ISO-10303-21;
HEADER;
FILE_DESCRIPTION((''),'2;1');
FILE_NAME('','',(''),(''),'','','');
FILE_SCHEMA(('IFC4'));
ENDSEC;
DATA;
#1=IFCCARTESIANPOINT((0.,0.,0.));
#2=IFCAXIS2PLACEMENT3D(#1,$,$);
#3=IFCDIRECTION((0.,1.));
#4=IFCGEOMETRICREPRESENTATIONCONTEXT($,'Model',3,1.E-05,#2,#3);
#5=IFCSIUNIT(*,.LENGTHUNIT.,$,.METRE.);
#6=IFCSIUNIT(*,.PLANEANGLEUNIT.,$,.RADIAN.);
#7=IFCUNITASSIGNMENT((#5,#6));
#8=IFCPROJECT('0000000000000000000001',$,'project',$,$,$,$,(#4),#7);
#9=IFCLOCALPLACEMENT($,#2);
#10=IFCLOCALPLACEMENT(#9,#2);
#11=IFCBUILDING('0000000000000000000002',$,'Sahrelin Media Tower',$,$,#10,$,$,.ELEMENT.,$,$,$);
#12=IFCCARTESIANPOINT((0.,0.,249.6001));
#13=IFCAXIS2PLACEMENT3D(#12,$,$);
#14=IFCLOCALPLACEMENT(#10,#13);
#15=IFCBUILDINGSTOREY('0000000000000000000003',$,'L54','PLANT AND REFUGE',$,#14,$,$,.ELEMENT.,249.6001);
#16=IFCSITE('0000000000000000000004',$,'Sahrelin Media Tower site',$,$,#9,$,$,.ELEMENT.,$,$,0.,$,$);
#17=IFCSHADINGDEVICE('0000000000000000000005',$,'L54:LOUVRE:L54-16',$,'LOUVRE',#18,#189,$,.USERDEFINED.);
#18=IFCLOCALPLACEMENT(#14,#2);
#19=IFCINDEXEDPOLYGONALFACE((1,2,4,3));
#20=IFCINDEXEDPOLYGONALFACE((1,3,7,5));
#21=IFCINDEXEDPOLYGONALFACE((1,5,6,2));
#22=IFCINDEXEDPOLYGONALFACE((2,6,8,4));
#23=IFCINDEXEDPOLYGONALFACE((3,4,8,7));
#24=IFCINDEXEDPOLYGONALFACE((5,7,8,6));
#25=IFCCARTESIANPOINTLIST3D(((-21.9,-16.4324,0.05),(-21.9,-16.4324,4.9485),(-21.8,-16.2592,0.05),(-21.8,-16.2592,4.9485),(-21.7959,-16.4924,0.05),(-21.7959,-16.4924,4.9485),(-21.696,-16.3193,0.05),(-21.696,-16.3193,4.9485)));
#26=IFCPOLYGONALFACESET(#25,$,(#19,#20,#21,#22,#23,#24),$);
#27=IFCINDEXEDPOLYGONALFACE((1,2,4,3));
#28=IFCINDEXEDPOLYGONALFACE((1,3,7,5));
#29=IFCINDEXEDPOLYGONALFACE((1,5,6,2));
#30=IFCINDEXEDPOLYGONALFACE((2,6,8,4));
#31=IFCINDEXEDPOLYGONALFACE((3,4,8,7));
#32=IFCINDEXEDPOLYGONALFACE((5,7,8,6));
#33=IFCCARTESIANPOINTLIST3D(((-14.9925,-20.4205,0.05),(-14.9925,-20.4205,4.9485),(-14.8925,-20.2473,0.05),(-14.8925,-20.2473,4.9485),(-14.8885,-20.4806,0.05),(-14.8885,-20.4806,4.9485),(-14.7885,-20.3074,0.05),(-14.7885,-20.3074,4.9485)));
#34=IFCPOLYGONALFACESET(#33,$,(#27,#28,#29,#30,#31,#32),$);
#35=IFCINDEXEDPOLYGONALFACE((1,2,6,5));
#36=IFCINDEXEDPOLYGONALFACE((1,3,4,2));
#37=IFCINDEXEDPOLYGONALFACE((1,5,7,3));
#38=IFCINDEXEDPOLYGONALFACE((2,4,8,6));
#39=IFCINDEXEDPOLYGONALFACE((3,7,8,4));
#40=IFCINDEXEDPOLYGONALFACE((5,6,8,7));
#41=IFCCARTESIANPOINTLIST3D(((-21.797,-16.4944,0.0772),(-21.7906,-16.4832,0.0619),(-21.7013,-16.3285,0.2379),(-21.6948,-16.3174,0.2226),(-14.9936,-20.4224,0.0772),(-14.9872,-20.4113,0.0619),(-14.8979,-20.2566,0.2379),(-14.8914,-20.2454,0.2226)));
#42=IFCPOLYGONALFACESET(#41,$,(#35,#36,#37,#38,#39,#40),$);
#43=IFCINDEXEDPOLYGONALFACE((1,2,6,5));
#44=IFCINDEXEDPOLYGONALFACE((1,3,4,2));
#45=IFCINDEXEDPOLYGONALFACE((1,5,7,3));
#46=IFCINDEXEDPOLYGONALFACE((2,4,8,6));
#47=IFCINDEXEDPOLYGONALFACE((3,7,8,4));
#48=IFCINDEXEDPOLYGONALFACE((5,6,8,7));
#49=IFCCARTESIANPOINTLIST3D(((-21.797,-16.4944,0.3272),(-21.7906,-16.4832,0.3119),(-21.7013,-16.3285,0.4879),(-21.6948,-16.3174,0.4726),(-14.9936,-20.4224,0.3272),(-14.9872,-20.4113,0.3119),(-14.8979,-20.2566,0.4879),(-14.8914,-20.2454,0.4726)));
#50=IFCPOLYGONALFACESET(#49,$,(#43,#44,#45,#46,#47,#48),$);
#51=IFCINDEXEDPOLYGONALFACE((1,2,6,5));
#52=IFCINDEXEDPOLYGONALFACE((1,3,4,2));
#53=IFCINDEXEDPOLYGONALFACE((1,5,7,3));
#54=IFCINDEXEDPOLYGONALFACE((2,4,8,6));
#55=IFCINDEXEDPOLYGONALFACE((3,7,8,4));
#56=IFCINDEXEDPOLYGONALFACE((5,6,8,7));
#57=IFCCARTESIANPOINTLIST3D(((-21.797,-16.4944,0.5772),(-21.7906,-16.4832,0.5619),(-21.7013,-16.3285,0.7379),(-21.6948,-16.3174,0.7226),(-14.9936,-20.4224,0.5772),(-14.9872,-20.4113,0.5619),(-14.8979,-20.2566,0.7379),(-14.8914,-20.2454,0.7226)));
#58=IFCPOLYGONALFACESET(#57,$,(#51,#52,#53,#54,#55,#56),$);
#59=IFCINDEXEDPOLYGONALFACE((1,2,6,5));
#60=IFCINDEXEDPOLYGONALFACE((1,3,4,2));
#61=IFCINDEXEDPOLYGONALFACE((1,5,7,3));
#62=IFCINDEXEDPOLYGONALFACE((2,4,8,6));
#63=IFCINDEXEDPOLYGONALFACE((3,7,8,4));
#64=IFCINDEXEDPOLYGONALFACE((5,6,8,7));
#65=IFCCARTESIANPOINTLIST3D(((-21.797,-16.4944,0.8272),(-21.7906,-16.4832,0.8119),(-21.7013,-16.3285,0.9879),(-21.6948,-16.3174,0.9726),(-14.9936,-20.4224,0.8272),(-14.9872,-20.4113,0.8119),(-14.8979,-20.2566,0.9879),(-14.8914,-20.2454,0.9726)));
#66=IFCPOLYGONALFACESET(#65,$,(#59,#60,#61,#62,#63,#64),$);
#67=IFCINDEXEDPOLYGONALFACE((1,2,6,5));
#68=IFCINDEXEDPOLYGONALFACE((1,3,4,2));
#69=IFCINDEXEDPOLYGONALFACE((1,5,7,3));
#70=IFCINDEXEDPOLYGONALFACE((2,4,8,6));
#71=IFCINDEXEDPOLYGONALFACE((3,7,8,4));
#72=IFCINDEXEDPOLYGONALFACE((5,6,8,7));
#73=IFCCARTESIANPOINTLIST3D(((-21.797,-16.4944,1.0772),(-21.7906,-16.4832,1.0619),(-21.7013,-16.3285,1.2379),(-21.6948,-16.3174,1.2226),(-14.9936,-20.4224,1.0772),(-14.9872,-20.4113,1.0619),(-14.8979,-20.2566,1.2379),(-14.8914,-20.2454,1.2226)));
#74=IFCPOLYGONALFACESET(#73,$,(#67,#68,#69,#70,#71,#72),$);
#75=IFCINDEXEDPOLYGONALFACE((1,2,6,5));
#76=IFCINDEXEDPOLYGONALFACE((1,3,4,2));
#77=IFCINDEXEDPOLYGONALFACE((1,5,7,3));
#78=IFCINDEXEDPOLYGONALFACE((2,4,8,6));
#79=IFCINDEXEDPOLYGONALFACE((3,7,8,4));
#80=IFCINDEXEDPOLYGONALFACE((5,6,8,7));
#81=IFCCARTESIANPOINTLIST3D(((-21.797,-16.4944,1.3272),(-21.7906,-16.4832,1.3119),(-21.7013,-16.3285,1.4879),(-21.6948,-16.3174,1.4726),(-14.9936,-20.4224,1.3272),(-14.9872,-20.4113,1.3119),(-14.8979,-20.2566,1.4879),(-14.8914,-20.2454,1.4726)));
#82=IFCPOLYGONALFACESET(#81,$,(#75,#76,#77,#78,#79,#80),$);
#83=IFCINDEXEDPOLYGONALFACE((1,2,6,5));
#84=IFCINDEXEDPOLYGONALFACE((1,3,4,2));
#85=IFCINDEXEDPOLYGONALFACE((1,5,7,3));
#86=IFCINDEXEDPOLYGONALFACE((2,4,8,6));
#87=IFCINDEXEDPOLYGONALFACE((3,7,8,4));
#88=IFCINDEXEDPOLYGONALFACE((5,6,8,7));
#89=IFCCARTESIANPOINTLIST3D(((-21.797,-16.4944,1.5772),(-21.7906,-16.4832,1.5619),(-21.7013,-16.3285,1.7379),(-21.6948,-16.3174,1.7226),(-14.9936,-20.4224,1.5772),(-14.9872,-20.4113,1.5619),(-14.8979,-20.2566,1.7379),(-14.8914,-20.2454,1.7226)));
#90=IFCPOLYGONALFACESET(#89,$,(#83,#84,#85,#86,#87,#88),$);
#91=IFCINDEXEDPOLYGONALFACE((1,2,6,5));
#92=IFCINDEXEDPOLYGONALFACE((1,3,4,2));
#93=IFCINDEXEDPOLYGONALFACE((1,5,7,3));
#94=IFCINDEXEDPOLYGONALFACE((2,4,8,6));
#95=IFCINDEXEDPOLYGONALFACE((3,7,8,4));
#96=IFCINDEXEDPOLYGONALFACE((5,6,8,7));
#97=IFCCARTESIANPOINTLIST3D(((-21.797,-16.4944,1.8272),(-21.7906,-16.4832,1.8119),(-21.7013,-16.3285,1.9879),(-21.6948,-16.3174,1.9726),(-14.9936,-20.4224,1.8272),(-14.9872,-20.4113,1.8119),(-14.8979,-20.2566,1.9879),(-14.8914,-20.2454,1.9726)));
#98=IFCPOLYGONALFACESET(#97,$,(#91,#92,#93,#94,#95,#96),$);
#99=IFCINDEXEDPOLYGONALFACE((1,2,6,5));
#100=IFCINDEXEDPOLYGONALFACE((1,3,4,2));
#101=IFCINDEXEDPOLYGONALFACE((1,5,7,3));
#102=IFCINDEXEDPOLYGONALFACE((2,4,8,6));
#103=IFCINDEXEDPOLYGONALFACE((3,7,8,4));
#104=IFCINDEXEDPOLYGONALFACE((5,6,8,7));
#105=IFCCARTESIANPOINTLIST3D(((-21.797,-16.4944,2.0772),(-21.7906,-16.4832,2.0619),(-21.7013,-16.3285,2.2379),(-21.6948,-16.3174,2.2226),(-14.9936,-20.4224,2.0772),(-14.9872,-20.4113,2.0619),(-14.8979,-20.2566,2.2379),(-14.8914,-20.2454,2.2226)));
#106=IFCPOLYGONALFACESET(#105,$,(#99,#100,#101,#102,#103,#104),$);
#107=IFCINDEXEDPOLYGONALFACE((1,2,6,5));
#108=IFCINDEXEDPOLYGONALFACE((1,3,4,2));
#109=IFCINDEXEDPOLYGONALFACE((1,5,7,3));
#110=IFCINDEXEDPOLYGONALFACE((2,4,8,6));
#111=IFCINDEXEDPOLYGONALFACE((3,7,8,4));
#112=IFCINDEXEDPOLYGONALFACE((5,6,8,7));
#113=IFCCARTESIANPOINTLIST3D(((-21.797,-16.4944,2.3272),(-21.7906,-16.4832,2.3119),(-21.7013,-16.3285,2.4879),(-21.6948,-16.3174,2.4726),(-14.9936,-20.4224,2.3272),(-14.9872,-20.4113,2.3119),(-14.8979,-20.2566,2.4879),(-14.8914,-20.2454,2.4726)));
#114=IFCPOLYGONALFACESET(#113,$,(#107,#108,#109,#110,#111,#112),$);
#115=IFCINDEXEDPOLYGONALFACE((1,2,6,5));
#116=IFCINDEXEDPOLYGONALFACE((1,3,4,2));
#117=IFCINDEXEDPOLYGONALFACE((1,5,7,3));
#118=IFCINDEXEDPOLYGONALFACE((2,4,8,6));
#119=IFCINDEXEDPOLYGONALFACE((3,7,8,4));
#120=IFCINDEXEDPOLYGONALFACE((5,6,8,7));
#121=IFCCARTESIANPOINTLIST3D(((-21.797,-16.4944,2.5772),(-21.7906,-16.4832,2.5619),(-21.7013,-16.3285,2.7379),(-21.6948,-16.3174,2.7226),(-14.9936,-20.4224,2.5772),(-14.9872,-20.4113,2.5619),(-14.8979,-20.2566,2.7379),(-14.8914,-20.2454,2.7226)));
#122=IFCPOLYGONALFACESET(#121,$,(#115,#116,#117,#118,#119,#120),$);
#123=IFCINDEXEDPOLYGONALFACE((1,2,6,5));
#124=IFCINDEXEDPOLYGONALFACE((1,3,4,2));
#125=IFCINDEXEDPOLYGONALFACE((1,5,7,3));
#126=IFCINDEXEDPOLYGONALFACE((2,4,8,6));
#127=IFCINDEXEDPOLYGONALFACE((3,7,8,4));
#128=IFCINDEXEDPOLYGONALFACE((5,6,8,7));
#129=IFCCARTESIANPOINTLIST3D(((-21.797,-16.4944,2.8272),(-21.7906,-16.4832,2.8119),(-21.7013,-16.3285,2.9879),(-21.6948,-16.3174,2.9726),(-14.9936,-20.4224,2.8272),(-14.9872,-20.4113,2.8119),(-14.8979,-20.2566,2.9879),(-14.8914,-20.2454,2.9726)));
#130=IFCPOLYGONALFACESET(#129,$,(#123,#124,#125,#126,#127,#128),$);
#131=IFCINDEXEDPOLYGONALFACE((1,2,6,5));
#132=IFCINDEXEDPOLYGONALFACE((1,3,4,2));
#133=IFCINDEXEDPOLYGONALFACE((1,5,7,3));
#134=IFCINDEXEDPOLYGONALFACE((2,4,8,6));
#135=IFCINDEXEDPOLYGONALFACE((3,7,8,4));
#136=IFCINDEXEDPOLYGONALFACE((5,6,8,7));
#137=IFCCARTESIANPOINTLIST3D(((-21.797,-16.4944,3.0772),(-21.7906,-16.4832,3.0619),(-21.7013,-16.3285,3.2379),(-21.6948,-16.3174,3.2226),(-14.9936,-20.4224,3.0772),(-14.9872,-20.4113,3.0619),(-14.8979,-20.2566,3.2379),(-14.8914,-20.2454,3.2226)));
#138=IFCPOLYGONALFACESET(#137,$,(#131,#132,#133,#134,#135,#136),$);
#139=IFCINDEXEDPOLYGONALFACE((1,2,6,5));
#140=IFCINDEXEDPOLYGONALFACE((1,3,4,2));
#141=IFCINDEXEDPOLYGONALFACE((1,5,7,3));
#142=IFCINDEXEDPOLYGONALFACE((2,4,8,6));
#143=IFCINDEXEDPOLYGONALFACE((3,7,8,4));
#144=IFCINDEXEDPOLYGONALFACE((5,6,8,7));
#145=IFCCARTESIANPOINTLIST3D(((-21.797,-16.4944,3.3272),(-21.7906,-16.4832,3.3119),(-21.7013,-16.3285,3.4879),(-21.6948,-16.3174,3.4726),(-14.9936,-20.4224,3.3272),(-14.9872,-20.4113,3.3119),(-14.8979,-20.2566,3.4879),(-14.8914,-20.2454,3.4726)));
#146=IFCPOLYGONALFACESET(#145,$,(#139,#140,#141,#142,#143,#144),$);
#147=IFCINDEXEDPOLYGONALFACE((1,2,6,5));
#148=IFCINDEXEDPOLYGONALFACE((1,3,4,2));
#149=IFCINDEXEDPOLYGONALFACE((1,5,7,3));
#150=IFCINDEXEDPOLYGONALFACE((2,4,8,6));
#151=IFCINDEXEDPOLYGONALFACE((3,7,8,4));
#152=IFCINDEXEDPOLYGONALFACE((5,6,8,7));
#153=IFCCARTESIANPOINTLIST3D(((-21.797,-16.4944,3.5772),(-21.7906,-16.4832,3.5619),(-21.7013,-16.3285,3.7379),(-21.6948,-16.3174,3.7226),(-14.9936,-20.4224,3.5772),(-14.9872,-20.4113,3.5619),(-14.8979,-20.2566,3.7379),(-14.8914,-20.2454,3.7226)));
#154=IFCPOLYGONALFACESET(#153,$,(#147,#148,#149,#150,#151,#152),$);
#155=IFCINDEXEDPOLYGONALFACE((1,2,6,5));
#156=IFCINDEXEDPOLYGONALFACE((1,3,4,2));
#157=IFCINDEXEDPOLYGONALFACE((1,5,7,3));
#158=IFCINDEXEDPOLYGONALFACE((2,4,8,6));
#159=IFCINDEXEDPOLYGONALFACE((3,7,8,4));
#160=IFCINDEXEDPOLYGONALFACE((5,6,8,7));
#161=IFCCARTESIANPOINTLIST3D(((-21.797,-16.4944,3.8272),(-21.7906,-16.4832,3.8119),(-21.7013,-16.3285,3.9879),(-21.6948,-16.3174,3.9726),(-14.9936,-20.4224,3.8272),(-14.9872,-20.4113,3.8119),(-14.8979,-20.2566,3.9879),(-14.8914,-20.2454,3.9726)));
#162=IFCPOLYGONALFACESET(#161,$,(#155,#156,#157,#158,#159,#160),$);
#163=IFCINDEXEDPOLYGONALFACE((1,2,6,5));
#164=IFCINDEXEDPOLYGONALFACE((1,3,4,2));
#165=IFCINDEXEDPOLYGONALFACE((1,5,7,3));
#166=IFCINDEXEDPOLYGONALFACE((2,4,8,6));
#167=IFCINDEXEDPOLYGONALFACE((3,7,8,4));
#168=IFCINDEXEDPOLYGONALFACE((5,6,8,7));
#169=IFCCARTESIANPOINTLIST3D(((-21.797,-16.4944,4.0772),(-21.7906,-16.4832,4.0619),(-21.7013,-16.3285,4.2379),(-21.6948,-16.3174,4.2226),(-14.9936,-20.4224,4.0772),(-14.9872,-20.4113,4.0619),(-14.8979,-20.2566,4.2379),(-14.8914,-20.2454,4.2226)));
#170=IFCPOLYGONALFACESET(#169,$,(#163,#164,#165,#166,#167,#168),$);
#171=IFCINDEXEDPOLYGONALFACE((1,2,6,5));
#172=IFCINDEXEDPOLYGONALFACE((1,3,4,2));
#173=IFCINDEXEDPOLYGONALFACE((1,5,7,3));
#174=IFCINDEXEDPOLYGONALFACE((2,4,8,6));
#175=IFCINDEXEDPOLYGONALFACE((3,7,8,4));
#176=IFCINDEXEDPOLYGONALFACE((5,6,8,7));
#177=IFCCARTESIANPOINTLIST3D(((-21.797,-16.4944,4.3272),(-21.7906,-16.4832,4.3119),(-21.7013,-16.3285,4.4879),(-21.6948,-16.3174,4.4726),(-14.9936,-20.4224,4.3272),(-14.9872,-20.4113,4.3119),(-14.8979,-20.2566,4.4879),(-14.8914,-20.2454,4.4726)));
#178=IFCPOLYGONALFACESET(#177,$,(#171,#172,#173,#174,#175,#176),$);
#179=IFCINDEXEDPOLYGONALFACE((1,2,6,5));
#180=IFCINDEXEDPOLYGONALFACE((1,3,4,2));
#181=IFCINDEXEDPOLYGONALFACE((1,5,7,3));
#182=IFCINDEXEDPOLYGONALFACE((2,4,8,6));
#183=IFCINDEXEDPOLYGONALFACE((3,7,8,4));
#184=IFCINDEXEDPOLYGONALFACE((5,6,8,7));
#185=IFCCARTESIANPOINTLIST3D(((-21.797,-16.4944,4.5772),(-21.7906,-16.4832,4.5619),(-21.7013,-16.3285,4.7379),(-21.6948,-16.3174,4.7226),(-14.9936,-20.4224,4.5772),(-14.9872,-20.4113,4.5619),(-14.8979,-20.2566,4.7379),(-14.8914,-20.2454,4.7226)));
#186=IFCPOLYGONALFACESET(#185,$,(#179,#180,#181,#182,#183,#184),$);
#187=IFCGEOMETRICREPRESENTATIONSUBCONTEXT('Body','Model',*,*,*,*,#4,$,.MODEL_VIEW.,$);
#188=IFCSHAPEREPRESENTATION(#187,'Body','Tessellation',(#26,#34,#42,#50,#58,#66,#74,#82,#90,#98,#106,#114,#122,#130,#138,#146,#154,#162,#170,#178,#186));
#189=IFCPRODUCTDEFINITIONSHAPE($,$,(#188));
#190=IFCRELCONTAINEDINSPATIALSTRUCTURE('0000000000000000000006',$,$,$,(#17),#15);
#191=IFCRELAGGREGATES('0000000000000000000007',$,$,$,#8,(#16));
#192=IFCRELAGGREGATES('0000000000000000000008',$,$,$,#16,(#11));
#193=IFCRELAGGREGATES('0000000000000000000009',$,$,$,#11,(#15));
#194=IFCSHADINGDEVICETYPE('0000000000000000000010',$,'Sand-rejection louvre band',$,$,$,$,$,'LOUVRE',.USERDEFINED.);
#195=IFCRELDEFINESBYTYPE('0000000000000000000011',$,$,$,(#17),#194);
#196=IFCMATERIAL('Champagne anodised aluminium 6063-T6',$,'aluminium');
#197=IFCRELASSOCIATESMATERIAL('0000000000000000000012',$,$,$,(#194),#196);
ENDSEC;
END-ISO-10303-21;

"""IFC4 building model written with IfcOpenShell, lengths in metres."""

from ifc_helpers import new_model, si_unit, direction, frame, origin, origin_2d, place, context, subcontext, project, spatial, rectangle, extrude, material, type_object, element, save


model = new_model("IFC4")

# Units and contexts
model_context = context("Model", 3, precision=1e-05, world=origin(), true_north=direction((0.0, 1.0)))
body_context = subcontext(model_context, "Body", "Model", "MODEL_VIEW")
ifc_project = project(units=[si_unit("LENGTHUNIT", "METRE"), si_unit("PLANEANGLEUNIT", "RADIAN")], contexts=[model_context])

# Site, building, storey
site_placement = place(None, origin())
site = spatial("IfcSite", under=ifc_project, at=site_placement, Name="Sahrelin Media Tower site", CompositionType="ELEMENT", RefElevation=0.0)
building_placement = place(site_placement, origin())
building = spatial("IfcBuilding", under=site, at=building_placement, Name="Sahrelin Media Tower", CompositionType="ELEMENT")
storey_placement = place(building_placement, frame((0.0, 0.0, 249.6001)))
storey = spatial("IfcBuildingStorey", under=building, at=storey_placement, Name="L54", Description="PLANT AND REFUGE", CompositionType="ELEMENT", Elevation=249.6001)

# Shading device
ifc_material_1 = material(Name="Champagne anodised aluminium 6063-T6", Category="aluminium")
shading_device_type = type_object("IfcShadingDeviceType", Name="Sand-rejection louvre band", ElementType="LOUVRE", PredefinedType="USERDEFINED", material=ifc_material_1)
shading_device_1_placement = place(storey_placement, frame((-18.2942, -18.2832, 0.0), z_axis=(0.0, 0.0, 1.0), x_axis=(-0.866019, 0.500011, 0.0)))
element("IfcShadingDevice", 1, at=shading_device_1_placement, inside=storey, type_object=shading_device_type, Name="L54:LOUVRE:L54-16", ObjectType="LOUVRE", PredefinedType="USERDEFINED", context=body_context, shape_type="SweptSolid", body=[
    extrude(rectangle(XDim=0.1201, YDim=0.2, at=origin_2d()), frame((3.988, 0.1001, 0.05), z_axis=(0.0, 0.0, 1.0), x_axis=(1.0, 0.0, 0.0)), (0.0, 0.0, 1.0), 4.8984),
    extrude(rectangle(XDim=0.1201, YDim=0.2, at=origin_2d()), frame((-3.988, 0.1001, 0.05), z_axis=(0.0, 0.0, 1.0), x_axis=(1.0, 0.0, 0.0)), (0.0, 0.0, 1.0), 4.8984),
    extrude(rectangle(XDim=0.25, YDim=0.02, at=origin_2d()), frame((3.928, 0.1001, 0.1499), z_axis=(-1.0, 0.0, 0.0), x_axis=(0.0, -0.766044, 0.642788)), (0.0, 0.0, 1.0), 7.856),
    extrude(rectangle(XDim=0.25, YDim=0.02, at=origin_2d()), frame((3.928, 0.1001, 0.3999), z_axis=(-1.0, 0.0, 0.0), x_axis=(0.0, -0.766044, 0.642788)), (0.0, 0.0, 1.0), 7.856),
    extrude(rectangle(XDim=0.25, YDim=0.02, at=origin_2d()), frame((3.928, 0.1001, 0.6499), z_axis=(-1.0, 0.0, 0.0), x_axis=(0.0, -0.766044, 0.642788)), (0.0, 0.0, 1.0), 7.856),
    extrude(rectangle(XDim=0.25, YDim=0.02, at=origin_2d()), frame((3.928, 0.1001, 0.8999), z_axis=(-1.0, 0.0, 0.0), x_axis=(0.0, -0.766044, 0.642788)), (0.0, 0.0, 1.0), 7.856),
    extrude(rectangle(XDim=0.25, YDim=0.02, at=origin_2d()), frame((3.928, 0.1001, 1.1499), z_axis=(-1.0, 0.0, 0.0), x_axis=(0.0, -0.766044, 0.642788)), (0.0, 0.0, 1.0), 7.856),
    extrude(rectangle(XDim=0.25, YDim=0.02, at=origin_2d()), frame((3.928, 0.1001, 1.3999), z_axis=(-1.0, 0.0, 0.0), x_axis=(0.0, -0.766044, 0.642788)), (0.0, 0.0, 1.0), 7.856),
    extrude(rectangle(XDim=0.25, YDim=0.02, at=origin_2d()), frame((3.928, 0.1001, 1.6499), z_axis=(-1.0, 0.0, 0.0), x_axis=(0.0, -0.766044, 0.642788)), (0.0, 0.0, 1.0), 7.856),
    extrude(rectangle(XDim=0.25, YDim=0.02, at=origin_2d()), frame((3.928, 0.1001, 1.8999), z_axis=(-1.0, 0.0, 0.0), x_axis=(0.0, -0.766044, 0.642788)), (0.0, 0.0, 1.0), 7.856),
    extrude(rectangle(XDim=0.25, YDim=0.02, at=origin_2d()), frame((3.928, 0.1001, 2.1499), z_axis=(-1.0, 0.0, 0.0), x_axis=(0.0, -0.766044, 0.642788)), (0.0, 0.0, 1.0), 7.856),
    extrude(rectangle(XDim=0.25, YDim=0.02, at=origin_2d()), frame((3.928, 0.1001, 2.3999), z_axis=(-1.0, 0.0, 0.0), x_axis=(0.0, -0.766044, 0.642788)), (0.0, 0.0, 1.0), 7.856),
    extrude(rectangle(XDim=0.25, YDim=0.02, at=origin_2d()), frame((3.928, 0.1001, 2.6499), z_axis=(-1.0, 0.0, 0.0), x_axis=(0.0, -0.766044, 0.642788)), (0.0, 0.0, 1.0), 7.856),
    extrude(rectangle(XDim=0.25, YDim=0.02, at=origin_2d()), frame((3.928, 0.1001, 2.8999), z_axis=(-1.0, 0.0, 0.0), x_axis=(0.0, -0.766044, 0.642788)), (0.0, 0.0, 1.0), 7.856),
    extrude(rectangle(XDim=0.25, YDim=0.02, at=origin_2d()), frame((3.928, 0.1001, 3.1499), z_axis=(-1.0, 0.0, 0.0), x_axis=(0.0, -0.766044, 0.642788)), (0.0, 0.0, 1.0), 7.856),
    extrude(rectangle(XDim=0.25, YDim=0.02, at=origin_2d()), frame((3.928, 0.1001, 3.3999), z_axis=(-1.0, 0.0, 0.0), x_axis=(0.0, -0.766044, 0.642788)), (0.0, 0.0, 1.0), 7.856),
    extrude(rectangle(XDim=0.25, YDim=0.02, at=origin_2d()), frame((3.928, 0.1001, 3.6499), z_axis=(-1.0, 0.0, 0.0), x_axis=(0.0, -0.766044, 0.642788)), (0.0, 0.0, 1.0), 7.856),
    extrude(rectangle(XDim=0.25, YDim=0.02, at=origin_2d()), frame((3.928, 0.1001, 3.8999), z_axis=(-1.0, 0.0, 0.0), x_axis=(0.0, -0.766044, 0.642788)), (0.0, 0.0, 1.0), 7.856),
    extrude(rectangle(XDim=0.25, YDim=0.02, at=origin_2d()), frame((3.928, 0.1001, 4.1499), z_axis=(-1.0, 0.0, 0.0), x_axis=(0.0, -0.766044, 0.642788)), (0.0, 0.0, 1.0), 7.856),
    extrude(rectangle(XDim=0.25, YDim=0.02, at=origin_2d()), frame((3.928, 0.1001, 4.3999), z_axis=(-1.0, 0.0, 0.0), x_axis=(0.0, -0.766044, 0.642788)), (0.0, 0.0, 1.0), 7.856),
    extrude(rectangle(XDim=0.25, YDim=0.02, at=origin_2d()), frame((3.928, 0.1001, 4.6499), z_axis=(-1.0, 0.0, 0.0), x_axis=(0.0, -0.766044, 0.642788)), (0.0, 0.0, 1.0), 7.856),
])

save(model, "model.ifc")
